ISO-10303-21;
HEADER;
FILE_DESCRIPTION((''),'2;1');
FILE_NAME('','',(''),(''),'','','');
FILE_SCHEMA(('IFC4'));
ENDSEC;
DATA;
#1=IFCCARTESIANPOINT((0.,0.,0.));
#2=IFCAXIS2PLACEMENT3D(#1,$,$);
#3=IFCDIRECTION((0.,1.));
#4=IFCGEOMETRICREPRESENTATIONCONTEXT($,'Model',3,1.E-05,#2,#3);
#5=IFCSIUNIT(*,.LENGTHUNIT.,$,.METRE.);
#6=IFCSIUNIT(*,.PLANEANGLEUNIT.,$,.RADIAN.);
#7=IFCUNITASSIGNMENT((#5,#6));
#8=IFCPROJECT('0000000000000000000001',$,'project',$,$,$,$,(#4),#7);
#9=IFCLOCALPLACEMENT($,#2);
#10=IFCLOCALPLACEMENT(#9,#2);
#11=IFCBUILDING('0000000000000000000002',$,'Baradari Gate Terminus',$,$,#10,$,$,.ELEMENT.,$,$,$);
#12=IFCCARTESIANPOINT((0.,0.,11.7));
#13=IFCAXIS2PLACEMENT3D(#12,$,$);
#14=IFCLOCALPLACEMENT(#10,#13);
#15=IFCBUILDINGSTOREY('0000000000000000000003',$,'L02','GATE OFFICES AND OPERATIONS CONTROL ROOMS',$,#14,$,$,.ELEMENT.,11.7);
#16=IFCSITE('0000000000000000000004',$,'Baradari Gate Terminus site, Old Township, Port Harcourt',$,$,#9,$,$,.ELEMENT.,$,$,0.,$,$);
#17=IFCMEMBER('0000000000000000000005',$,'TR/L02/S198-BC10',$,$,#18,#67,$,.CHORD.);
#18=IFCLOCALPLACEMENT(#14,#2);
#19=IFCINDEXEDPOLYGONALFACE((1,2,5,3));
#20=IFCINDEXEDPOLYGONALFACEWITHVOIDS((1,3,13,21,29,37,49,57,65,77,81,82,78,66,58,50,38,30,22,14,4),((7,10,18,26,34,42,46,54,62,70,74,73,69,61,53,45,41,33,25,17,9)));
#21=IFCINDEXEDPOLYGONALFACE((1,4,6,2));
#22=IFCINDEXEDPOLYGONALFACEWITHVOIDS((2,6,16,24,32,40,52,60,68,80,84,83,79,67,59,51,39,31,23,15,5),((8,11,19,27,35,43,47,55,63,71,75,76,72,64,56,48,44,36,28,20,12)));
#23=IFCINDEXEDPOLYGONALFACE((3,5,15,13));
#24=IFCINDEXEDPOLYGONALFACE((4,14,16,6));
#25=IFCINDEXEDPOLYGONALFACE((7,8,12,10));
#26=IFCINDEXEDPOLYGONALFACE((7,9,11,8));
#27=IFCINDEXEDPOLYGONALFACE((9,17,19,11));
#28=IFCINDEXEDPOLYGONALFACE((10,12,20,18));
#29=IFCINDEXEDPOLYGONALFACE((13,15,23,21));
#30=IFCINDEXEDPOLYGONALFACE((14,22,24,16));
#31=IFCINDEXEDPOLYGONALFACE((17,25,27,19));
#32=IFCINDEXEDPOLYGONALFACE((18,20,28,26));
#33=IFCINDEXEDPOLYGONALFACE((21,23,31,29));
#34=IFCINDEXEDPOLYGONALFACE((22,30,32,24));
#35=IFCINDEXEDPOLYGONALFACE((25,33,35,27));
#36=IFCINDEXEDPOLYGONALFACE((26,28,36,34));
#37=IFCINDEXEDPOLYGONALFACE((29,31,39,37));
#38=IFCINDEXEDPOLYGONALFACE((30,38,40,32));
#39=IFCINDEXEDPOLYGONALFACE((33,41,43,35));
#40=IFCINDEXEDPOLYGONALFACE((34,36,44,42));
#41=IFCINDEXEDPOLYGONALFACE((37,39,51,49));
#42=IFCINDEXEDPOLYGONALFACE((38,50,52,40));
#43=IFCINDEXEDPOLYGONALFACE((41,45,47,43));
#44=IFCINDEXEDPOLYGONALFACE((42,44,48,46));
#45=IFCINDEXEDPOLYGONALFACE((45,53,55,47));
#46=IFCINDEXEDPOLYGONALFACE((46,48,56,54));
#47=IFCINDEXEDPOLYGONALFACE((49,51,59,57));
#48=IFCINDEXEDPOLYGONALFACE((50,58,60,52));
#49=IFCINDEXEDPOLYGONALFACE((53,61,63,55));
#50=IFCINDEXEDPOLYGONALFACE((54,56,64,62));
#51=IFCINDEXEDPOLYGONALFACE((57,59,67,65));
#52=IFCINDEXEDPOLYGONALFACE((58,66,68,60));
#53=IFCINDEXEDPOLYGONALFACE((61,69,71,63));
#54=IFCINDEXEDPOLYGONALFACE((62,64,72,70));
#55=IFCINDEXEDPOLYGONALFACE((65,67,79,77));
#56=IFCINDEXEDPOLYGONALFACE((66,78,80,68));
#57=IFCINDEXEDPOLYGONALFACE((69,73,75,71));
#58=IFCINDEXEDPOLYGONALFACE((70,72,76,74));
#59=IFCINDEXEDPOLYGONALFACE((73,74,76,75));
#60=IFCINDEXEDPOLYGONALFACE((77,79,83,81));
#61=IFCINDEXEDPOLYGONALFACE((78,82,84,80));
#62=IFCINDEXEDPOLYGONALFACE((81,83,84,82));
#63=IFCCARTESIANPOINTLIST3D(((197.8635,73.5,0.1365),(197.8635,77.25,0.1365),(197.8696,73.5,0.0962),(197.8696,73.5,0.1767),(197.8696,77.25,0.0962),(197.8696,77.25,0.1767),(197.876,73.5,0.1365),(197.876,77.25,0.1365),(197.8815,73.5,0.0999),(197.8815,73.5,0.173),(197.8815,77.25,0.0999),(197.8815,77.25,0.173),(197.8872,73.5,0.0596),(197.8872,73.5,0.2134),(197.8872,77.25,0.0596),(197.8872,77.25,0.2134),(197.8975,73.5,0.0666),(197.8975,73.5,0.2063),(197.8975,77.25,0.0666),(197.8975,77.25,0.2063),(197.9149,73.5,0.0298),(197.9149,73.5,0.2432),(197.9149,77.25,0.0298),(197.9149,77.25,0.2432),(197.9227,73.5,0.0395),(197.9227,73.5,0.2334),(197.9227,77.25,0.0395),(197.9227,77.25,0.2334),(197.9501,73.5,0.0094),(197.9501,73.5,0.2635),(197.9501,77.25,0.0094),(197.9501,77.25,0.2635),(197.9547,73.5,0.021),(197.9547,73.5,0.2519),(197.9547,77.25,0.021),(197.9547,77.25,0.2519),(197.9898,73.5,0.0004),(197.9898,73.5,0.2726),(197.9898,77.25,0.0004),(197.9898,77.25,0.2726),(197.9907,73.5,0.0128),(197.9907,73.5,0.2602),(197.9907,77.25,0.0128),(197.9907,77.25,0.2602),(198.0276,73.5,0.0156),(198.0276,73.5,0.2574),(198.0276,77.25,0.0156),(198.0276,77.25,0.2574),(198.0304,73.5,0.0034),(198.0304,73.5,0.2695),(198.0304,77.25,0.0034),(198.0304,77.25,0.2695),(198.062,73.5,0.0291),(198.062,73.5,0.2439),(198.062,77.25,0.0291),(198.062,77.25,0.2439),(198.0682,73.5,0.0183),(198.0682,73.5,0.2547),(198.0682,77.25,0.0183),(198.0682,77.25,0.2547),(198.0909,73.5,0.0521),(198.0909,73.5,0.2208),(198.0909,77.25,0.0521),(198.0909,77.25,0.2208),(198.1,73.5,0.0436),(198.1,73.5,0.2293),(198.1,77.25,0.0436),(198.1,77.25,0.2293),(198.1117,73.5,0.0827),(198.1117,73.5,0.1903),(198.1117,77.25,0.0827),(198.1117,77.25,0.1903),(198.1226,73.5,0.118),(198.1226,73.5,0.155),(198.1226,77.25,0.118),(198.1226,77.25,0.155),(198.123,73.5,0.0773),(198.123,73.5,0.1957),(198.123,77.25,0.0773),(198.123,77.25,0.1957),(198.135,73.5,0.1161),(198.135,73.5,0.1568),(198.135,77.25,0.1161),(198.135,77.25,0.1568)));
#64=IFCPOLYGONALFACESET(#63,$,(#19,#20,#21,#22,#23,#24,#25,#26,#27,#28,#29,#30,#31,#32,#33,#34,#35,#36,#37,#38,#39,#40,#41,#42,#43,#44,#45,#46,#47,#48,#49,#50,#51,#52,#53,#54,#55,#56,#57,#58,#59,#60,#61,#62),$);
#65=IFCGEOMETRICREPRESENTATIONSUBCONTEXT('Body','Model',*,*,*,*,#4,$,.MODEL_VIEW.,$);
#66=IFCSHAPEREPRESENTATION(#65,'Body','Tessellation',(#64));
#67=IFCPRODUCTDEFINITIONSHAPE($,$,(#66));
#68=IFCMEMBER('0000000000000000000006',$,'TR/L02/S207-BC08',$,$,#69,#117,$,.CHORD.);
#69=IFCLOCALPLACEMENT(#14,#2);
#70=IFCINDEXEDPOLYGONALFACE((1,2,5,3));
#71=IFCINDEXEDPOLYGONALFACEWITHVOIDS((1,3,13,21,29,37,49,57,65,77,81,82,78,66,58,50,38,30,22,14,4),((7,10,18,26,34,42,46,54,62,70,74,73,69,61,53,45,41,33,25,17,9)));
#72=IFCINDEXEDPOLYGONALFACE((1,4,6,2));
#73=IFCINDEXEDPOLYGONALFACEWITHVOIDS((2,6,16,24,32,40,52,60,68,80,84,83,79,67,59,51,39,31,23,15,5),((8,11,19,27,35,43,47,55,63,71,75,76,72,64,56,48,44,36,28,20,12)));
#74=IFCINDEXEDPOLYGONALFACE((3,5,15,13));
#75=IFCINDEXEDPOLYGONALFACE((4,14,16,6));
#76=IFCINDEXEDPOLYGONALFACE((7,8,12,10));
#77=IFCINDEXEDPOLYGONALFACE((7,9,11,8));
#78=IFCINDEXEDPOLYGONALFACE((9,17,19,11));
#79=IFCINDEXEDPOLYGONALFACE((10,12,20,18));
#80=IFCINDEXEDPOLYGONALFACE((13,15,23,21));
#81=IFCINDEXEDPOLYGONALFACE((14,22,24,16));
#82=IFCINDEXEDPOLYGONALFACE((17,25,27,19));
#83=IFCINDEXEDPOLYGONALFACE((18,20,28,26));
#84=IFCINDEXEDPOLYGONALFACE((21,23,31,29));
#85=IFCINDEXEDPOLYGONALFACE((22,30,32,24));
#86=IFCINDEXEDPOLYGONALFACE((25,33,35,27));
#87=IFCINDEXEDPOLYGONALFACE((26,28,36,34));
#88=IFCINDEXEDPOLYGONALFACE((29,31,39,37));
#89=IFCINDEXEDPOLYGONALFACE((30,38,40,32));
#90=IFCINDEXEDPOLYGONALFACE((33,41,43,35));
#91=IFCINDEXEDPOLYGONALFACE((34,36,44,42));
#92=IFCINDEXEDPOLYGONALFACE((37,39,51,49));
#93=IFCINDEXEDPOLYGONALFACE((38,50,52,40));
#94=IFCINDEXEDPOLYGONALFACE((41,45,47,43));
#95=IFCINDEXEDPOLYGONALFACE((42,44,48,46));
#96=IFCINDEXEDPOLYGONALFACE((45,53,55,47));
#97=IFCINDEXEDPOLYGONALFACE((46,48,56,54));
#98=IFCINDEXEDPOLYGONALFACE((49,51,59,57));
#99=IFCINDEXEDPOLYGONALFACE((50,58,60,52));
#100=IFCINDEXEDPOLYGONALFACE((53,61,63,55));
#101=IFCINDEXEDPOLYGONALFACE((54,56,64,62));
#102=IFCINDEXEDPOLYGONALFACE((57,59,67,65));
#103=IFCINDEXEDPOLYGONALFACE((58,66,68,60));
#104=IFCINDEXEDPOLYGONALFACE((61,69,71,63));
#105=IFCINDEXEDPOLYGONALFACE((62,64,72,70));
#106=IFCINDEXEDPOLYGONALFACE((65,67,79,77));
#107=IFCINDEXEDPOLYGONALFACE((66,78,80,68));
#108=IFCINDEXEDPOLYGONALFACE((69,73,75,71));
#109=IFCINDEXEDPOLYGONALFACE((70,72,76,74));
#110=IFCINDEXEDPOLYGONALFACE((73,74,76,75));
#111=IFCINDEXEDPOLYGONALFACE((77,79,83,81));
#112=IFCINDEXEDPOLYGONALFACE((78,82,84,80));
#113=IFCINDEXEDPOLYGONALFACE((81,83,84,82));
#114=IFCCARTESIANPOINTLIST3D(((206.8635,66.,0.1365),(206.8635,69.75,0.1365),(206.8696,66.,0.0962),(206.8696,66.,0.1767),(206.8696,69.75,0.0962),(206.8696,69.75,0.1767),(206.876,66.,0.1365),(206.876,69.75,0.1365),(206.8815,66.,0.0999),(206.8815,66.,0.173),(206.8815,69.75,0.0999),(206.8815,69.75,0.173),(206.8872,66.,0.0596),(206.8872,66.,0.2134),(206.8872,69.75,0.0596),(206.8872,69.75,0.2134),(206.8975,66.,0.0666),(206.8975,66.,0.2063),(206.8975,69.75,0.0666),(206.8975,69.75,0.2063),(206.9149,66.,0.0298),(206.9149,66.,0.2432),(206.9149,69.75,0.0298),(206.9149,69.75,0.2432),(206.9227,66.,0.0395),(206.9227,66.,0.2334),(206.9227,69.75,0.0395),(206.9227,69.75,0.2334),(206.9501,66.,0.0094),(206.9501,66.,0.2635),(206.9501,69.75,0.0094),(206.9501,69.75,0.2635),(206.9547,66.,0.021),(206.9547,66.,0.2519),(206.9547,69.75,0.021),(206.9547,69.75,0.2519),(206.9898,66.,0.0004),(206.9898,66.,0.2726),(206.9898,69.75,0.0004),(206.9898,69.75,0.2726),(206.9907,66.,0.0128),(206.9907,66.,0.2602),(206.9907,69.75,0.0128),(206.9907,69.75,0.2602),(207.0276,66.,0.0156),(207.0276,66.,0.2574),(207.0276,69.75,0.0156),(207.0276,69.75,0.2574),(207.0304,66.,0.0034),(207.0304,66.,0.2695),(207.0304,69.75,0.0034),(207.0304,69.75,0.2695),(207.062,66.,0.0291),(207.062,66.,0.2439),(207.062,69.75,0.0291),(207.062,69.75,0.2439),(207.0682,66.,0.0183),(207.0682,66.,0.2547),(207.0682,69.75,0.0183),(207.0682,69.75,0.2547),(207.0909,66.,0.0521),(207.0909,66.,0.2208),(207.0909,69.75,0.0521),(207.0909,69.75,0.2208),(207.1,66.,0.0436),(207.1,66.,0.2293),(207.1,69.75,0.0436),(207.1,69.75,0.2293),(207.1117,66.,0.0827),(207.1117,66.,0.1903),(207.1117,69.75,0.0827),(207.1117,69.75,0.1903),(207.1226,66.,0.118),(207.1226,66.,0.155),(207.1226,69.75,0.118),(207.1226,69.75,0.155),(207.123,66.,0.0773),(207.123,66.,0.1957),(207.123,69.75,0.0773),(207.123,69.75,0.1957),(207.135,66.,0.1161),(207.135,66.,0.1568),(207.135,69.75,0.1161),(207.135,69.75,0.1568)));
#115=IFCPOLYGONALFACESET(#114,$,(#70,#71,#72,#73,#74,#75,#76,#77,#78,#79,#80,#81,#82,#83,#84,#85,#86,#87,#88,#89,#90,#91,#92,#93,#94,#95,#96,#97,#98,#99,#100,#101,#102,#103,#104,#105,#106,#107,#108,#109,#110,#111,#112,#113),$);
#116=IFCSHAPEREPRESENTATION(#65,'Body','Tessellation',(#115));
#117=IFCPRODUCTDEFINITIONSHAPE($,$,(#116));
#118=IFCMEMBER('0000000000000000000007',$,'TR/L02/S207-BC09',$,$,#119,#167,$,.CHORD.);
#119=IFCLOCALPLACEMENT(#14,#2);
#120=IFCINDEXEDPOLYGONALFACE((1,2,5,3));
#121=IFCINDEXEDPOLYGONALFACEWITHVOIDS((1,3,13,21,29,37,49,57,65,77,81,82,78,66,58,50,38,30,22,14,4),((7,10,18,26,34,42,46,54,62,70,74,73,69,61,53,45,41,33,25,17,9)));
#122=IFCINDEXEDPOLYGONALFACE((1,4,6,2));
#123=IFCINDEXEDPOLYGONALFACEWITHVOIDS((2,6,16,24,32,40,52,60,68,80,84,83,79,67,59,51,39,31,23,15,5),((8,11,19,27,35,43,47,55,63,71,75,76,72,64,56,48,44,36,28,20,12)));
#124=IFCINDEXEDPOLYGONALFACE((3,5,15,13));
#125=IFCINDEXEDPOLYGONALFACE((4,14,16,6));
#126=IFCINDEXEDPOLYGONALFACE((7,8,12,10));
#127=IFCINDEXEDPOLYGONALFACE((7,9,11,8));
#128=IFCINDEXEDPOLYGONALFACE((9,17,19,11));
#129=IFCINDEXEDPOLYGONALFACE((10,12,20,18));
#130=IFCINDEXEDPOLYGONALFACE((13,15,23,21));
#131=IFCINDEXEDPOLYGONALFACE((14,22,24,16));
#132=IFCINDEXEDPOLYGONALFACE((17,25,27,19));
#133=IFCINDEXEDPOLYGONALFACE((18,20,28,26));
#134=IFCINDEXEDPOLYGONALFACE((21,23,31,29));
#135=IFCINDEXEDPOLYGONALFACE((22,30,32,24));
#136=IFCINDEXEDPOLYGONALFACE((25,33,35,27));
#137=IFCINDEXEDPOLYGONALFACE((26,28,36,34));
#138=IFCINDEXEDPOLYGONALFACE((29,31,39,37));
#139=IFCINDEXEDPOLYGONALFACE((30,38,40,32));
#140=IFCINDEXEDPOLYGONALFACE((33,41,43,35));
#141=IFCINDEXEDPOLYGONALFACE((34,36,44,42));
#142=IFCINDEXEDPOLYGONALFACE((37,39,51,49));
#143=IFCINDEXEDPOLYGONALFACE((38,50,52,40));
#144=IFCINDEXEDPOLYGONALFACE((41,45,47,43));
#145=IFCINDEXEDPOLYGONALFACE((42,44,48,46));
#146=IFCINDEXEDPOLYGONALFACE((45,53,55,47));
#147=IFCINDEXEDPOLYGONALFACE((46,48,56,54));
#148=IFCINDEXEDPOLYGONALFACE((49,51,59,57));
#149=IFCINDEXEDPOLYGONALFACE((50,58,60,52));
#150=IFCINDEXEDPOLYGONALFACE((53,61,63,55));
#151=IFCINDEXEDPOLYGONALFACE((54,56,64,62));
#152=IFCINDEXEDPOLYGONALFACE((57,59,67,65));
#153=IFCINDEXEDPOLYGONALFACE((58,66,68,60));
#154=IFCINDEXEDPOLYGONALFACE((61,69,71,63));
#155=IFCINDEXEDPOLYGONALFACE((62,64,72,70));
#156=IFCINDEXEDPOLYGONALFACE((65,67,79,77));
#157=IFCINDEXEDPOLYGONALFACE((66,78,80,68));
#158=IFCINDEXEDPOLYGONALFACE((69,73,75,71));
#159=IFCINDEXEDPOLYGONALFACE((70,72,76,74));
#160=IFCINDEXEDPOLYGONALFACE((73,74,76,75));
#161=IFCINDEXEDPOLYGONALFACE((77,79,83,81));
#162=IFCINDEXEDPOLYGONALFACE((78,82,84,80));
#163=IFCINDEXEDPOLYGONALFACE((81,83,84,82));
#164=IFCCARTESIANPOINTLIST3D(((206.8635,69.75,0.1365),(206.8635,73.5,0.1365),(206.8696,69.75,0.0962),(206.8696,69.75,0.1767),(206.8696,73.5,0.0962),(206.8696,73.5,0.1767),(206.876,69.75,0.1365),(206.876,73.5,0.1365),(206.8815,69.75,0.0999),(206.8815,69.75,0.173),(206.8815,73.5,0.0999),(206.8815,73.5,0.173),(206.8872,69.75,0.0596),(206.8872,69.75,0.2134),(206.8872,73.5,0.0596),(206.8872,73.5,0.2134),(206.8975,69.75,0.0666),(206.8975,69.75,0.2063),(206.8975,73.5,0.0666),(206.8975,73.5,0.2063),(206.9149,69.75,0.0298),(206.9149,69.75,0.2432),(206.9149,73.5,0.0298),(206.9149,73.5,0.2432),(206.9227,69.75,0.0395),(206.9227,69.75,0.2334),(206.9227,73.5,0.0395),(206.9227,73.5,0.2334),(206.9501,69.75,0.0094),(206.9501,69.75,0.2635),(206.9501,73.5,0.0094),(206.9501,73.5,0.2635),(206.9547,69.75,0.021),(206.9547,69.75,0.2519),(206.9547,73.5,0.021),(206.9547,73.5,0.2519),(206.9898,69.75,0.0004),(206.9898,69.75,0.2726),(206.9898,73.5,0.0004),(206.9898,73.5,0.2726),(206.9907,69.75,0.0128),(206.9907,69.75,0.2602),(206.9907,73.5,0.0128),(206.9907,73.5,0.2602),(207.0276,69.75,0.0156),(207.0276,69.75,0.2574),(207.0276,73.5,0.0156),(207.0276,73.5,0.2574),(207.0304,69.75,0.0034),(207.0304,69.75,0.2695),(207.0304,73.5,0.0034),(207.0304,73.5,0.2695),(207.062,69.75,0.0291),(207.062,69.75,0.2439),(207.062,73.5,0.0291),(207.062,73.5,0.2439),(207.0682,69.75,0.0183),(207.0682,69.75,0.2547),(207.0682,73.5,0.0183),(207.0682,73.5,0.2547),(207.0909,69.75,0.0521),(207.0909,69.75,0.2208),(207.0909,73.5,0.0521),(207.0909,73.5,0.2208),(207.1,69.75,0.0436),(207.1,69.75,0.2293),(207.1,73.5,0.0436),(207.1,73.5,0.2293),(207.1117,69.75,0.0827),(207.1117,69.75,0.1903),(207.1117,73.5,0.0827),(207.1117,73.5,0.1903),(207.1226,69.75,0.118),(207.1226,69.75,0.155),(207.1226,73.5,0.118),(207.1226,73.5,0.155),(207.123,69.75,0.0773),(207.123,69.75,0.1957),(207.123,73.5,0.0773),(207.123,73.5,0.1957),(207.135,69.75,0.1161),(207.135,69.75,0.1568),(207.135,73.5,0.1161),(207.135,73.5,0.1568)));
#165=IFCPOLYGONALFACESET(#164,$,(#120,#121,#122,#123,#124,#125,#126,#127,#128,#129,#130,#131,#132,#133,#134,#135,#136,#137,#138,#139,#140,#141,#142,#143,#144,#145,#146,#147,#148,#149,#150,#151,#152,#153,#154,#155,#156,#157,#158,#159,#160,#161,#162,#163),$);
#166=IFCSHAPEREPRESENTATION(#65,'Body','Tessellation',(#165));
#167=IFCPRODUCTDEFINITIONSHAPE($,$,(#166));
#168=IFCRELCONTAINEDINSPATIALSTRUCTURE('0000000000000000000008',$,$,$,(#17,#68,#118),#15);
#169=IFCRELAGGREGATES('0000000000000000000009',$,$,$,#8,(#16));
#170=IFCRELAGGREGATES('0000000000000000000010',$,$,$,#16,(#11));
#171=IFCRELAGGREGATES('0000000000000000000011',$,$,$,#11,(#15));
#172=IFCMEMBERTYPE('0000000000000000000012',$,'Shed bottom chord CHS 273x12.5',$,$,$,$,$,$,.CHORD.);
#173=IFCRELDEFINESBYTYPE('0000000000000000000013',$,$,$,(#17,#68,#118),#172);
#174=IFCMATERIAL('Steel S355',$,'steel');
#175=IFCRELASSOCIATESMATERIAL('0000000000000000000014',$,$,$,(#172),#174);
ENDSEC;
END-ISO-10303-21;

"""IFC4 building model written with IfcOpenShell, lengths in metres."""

from ifc_helpers import new_model, si_unit, direction, frame, origin, origin_2d, place, context, subcontext, project, spatial, hollow_circle, extrude, material, material_profile, profile_set, type_object, element, save


model = new_model("IFC4")

# Units and contexts
model_context = context("Model", 3, precision=1e-05, world=origin(), true_north=direction((0.0, 1.0)))
body_context = subcontext(model_context, "Body", "Model", "MODEL_VIEW")
ifc_project = project(units=[si_unit("LENGTHUNIT", "METRE"), si_unit("PLANEANGLEUNIT", "RADIAN")], contexts=[model_context])

# Site, building, storey
site_placement = place(None, origin())
site = spatial("IfcSite", under=ifc_project, at=site_placement, Name="Baradari Gate Terminus site, Old Township, Port Harcourt", CompositionType="ELEMENT", RefElevation=0.0)
building_placement = place(site_placement, origin())
building = spatial("IfcBuilding", under=site, at=building_placement, Name="Baradari Gate Terminus", CompositionType="ELEMENT")
storey_placement = place(building_placement, frame((0.0, 0.0, 11.7)))
storey = spatial("IfcBuildingStorey", under=building, at=storey_placement, Name="L02", Description="GATE OFFICES AND OPERATIONS CONTROL ROOMS", CompositionType="ELEMENT", Elevation=11.7)

# Members
ifc_material_1 = material(Name="Steel S355", Category="steel")
ifc_material_profile_1 = material_profile(ifc_material_1, hollow_circle(Radius=0.1365, WallThickness=0.0125, at=origin_2d()), Name="CHS 273x12.5")
ifc_profile_set_1 = profile_set([ifc_material_profile_1], Name="Steel S355")
member_type_1 = type_object("IfcMemberType", Name="Shed bottom chord CHS 273x12.5", PredefinedType="CHORD", material=ifc_profile_set_1)
for number, where, z_axis, x_axis, name in (
    (1, (198.0, 73.5, 0.1365), (0.0, 1.0, 0.0), (-1.0, 0.0, 0.0), "TR/L02/S198-BC10"),
    (2, (207.0, 66.0, 0.1365), (0.0, 1.0, 0.0), (-1.0, 0.0, 0.0), "TR/L02/S207-BC08"),
    (3, (207.0, 69.75, 0.1365), (0.0, 1.0, 0.0), (-1.0, 0.0, 0.0), "TR/L02/S207-BC09"),
):
    element("IfcMember", number, at=place(storey_placement, frame(where, z_axis=z_axis, x_axis=x_axis)), inside=storey, type_object=member_type_1, Name=name, PredefinedType="CHORD", context=body_context, shape_type="SweptSolid", body=[
        extrude(hollow_circle(Radius=0.1365, WallThickness=0.0125, at=origin_2d()), origin(), (0.0, 0.0, 1.0), 3.75),
    ])

save(model, "model.ifc")
